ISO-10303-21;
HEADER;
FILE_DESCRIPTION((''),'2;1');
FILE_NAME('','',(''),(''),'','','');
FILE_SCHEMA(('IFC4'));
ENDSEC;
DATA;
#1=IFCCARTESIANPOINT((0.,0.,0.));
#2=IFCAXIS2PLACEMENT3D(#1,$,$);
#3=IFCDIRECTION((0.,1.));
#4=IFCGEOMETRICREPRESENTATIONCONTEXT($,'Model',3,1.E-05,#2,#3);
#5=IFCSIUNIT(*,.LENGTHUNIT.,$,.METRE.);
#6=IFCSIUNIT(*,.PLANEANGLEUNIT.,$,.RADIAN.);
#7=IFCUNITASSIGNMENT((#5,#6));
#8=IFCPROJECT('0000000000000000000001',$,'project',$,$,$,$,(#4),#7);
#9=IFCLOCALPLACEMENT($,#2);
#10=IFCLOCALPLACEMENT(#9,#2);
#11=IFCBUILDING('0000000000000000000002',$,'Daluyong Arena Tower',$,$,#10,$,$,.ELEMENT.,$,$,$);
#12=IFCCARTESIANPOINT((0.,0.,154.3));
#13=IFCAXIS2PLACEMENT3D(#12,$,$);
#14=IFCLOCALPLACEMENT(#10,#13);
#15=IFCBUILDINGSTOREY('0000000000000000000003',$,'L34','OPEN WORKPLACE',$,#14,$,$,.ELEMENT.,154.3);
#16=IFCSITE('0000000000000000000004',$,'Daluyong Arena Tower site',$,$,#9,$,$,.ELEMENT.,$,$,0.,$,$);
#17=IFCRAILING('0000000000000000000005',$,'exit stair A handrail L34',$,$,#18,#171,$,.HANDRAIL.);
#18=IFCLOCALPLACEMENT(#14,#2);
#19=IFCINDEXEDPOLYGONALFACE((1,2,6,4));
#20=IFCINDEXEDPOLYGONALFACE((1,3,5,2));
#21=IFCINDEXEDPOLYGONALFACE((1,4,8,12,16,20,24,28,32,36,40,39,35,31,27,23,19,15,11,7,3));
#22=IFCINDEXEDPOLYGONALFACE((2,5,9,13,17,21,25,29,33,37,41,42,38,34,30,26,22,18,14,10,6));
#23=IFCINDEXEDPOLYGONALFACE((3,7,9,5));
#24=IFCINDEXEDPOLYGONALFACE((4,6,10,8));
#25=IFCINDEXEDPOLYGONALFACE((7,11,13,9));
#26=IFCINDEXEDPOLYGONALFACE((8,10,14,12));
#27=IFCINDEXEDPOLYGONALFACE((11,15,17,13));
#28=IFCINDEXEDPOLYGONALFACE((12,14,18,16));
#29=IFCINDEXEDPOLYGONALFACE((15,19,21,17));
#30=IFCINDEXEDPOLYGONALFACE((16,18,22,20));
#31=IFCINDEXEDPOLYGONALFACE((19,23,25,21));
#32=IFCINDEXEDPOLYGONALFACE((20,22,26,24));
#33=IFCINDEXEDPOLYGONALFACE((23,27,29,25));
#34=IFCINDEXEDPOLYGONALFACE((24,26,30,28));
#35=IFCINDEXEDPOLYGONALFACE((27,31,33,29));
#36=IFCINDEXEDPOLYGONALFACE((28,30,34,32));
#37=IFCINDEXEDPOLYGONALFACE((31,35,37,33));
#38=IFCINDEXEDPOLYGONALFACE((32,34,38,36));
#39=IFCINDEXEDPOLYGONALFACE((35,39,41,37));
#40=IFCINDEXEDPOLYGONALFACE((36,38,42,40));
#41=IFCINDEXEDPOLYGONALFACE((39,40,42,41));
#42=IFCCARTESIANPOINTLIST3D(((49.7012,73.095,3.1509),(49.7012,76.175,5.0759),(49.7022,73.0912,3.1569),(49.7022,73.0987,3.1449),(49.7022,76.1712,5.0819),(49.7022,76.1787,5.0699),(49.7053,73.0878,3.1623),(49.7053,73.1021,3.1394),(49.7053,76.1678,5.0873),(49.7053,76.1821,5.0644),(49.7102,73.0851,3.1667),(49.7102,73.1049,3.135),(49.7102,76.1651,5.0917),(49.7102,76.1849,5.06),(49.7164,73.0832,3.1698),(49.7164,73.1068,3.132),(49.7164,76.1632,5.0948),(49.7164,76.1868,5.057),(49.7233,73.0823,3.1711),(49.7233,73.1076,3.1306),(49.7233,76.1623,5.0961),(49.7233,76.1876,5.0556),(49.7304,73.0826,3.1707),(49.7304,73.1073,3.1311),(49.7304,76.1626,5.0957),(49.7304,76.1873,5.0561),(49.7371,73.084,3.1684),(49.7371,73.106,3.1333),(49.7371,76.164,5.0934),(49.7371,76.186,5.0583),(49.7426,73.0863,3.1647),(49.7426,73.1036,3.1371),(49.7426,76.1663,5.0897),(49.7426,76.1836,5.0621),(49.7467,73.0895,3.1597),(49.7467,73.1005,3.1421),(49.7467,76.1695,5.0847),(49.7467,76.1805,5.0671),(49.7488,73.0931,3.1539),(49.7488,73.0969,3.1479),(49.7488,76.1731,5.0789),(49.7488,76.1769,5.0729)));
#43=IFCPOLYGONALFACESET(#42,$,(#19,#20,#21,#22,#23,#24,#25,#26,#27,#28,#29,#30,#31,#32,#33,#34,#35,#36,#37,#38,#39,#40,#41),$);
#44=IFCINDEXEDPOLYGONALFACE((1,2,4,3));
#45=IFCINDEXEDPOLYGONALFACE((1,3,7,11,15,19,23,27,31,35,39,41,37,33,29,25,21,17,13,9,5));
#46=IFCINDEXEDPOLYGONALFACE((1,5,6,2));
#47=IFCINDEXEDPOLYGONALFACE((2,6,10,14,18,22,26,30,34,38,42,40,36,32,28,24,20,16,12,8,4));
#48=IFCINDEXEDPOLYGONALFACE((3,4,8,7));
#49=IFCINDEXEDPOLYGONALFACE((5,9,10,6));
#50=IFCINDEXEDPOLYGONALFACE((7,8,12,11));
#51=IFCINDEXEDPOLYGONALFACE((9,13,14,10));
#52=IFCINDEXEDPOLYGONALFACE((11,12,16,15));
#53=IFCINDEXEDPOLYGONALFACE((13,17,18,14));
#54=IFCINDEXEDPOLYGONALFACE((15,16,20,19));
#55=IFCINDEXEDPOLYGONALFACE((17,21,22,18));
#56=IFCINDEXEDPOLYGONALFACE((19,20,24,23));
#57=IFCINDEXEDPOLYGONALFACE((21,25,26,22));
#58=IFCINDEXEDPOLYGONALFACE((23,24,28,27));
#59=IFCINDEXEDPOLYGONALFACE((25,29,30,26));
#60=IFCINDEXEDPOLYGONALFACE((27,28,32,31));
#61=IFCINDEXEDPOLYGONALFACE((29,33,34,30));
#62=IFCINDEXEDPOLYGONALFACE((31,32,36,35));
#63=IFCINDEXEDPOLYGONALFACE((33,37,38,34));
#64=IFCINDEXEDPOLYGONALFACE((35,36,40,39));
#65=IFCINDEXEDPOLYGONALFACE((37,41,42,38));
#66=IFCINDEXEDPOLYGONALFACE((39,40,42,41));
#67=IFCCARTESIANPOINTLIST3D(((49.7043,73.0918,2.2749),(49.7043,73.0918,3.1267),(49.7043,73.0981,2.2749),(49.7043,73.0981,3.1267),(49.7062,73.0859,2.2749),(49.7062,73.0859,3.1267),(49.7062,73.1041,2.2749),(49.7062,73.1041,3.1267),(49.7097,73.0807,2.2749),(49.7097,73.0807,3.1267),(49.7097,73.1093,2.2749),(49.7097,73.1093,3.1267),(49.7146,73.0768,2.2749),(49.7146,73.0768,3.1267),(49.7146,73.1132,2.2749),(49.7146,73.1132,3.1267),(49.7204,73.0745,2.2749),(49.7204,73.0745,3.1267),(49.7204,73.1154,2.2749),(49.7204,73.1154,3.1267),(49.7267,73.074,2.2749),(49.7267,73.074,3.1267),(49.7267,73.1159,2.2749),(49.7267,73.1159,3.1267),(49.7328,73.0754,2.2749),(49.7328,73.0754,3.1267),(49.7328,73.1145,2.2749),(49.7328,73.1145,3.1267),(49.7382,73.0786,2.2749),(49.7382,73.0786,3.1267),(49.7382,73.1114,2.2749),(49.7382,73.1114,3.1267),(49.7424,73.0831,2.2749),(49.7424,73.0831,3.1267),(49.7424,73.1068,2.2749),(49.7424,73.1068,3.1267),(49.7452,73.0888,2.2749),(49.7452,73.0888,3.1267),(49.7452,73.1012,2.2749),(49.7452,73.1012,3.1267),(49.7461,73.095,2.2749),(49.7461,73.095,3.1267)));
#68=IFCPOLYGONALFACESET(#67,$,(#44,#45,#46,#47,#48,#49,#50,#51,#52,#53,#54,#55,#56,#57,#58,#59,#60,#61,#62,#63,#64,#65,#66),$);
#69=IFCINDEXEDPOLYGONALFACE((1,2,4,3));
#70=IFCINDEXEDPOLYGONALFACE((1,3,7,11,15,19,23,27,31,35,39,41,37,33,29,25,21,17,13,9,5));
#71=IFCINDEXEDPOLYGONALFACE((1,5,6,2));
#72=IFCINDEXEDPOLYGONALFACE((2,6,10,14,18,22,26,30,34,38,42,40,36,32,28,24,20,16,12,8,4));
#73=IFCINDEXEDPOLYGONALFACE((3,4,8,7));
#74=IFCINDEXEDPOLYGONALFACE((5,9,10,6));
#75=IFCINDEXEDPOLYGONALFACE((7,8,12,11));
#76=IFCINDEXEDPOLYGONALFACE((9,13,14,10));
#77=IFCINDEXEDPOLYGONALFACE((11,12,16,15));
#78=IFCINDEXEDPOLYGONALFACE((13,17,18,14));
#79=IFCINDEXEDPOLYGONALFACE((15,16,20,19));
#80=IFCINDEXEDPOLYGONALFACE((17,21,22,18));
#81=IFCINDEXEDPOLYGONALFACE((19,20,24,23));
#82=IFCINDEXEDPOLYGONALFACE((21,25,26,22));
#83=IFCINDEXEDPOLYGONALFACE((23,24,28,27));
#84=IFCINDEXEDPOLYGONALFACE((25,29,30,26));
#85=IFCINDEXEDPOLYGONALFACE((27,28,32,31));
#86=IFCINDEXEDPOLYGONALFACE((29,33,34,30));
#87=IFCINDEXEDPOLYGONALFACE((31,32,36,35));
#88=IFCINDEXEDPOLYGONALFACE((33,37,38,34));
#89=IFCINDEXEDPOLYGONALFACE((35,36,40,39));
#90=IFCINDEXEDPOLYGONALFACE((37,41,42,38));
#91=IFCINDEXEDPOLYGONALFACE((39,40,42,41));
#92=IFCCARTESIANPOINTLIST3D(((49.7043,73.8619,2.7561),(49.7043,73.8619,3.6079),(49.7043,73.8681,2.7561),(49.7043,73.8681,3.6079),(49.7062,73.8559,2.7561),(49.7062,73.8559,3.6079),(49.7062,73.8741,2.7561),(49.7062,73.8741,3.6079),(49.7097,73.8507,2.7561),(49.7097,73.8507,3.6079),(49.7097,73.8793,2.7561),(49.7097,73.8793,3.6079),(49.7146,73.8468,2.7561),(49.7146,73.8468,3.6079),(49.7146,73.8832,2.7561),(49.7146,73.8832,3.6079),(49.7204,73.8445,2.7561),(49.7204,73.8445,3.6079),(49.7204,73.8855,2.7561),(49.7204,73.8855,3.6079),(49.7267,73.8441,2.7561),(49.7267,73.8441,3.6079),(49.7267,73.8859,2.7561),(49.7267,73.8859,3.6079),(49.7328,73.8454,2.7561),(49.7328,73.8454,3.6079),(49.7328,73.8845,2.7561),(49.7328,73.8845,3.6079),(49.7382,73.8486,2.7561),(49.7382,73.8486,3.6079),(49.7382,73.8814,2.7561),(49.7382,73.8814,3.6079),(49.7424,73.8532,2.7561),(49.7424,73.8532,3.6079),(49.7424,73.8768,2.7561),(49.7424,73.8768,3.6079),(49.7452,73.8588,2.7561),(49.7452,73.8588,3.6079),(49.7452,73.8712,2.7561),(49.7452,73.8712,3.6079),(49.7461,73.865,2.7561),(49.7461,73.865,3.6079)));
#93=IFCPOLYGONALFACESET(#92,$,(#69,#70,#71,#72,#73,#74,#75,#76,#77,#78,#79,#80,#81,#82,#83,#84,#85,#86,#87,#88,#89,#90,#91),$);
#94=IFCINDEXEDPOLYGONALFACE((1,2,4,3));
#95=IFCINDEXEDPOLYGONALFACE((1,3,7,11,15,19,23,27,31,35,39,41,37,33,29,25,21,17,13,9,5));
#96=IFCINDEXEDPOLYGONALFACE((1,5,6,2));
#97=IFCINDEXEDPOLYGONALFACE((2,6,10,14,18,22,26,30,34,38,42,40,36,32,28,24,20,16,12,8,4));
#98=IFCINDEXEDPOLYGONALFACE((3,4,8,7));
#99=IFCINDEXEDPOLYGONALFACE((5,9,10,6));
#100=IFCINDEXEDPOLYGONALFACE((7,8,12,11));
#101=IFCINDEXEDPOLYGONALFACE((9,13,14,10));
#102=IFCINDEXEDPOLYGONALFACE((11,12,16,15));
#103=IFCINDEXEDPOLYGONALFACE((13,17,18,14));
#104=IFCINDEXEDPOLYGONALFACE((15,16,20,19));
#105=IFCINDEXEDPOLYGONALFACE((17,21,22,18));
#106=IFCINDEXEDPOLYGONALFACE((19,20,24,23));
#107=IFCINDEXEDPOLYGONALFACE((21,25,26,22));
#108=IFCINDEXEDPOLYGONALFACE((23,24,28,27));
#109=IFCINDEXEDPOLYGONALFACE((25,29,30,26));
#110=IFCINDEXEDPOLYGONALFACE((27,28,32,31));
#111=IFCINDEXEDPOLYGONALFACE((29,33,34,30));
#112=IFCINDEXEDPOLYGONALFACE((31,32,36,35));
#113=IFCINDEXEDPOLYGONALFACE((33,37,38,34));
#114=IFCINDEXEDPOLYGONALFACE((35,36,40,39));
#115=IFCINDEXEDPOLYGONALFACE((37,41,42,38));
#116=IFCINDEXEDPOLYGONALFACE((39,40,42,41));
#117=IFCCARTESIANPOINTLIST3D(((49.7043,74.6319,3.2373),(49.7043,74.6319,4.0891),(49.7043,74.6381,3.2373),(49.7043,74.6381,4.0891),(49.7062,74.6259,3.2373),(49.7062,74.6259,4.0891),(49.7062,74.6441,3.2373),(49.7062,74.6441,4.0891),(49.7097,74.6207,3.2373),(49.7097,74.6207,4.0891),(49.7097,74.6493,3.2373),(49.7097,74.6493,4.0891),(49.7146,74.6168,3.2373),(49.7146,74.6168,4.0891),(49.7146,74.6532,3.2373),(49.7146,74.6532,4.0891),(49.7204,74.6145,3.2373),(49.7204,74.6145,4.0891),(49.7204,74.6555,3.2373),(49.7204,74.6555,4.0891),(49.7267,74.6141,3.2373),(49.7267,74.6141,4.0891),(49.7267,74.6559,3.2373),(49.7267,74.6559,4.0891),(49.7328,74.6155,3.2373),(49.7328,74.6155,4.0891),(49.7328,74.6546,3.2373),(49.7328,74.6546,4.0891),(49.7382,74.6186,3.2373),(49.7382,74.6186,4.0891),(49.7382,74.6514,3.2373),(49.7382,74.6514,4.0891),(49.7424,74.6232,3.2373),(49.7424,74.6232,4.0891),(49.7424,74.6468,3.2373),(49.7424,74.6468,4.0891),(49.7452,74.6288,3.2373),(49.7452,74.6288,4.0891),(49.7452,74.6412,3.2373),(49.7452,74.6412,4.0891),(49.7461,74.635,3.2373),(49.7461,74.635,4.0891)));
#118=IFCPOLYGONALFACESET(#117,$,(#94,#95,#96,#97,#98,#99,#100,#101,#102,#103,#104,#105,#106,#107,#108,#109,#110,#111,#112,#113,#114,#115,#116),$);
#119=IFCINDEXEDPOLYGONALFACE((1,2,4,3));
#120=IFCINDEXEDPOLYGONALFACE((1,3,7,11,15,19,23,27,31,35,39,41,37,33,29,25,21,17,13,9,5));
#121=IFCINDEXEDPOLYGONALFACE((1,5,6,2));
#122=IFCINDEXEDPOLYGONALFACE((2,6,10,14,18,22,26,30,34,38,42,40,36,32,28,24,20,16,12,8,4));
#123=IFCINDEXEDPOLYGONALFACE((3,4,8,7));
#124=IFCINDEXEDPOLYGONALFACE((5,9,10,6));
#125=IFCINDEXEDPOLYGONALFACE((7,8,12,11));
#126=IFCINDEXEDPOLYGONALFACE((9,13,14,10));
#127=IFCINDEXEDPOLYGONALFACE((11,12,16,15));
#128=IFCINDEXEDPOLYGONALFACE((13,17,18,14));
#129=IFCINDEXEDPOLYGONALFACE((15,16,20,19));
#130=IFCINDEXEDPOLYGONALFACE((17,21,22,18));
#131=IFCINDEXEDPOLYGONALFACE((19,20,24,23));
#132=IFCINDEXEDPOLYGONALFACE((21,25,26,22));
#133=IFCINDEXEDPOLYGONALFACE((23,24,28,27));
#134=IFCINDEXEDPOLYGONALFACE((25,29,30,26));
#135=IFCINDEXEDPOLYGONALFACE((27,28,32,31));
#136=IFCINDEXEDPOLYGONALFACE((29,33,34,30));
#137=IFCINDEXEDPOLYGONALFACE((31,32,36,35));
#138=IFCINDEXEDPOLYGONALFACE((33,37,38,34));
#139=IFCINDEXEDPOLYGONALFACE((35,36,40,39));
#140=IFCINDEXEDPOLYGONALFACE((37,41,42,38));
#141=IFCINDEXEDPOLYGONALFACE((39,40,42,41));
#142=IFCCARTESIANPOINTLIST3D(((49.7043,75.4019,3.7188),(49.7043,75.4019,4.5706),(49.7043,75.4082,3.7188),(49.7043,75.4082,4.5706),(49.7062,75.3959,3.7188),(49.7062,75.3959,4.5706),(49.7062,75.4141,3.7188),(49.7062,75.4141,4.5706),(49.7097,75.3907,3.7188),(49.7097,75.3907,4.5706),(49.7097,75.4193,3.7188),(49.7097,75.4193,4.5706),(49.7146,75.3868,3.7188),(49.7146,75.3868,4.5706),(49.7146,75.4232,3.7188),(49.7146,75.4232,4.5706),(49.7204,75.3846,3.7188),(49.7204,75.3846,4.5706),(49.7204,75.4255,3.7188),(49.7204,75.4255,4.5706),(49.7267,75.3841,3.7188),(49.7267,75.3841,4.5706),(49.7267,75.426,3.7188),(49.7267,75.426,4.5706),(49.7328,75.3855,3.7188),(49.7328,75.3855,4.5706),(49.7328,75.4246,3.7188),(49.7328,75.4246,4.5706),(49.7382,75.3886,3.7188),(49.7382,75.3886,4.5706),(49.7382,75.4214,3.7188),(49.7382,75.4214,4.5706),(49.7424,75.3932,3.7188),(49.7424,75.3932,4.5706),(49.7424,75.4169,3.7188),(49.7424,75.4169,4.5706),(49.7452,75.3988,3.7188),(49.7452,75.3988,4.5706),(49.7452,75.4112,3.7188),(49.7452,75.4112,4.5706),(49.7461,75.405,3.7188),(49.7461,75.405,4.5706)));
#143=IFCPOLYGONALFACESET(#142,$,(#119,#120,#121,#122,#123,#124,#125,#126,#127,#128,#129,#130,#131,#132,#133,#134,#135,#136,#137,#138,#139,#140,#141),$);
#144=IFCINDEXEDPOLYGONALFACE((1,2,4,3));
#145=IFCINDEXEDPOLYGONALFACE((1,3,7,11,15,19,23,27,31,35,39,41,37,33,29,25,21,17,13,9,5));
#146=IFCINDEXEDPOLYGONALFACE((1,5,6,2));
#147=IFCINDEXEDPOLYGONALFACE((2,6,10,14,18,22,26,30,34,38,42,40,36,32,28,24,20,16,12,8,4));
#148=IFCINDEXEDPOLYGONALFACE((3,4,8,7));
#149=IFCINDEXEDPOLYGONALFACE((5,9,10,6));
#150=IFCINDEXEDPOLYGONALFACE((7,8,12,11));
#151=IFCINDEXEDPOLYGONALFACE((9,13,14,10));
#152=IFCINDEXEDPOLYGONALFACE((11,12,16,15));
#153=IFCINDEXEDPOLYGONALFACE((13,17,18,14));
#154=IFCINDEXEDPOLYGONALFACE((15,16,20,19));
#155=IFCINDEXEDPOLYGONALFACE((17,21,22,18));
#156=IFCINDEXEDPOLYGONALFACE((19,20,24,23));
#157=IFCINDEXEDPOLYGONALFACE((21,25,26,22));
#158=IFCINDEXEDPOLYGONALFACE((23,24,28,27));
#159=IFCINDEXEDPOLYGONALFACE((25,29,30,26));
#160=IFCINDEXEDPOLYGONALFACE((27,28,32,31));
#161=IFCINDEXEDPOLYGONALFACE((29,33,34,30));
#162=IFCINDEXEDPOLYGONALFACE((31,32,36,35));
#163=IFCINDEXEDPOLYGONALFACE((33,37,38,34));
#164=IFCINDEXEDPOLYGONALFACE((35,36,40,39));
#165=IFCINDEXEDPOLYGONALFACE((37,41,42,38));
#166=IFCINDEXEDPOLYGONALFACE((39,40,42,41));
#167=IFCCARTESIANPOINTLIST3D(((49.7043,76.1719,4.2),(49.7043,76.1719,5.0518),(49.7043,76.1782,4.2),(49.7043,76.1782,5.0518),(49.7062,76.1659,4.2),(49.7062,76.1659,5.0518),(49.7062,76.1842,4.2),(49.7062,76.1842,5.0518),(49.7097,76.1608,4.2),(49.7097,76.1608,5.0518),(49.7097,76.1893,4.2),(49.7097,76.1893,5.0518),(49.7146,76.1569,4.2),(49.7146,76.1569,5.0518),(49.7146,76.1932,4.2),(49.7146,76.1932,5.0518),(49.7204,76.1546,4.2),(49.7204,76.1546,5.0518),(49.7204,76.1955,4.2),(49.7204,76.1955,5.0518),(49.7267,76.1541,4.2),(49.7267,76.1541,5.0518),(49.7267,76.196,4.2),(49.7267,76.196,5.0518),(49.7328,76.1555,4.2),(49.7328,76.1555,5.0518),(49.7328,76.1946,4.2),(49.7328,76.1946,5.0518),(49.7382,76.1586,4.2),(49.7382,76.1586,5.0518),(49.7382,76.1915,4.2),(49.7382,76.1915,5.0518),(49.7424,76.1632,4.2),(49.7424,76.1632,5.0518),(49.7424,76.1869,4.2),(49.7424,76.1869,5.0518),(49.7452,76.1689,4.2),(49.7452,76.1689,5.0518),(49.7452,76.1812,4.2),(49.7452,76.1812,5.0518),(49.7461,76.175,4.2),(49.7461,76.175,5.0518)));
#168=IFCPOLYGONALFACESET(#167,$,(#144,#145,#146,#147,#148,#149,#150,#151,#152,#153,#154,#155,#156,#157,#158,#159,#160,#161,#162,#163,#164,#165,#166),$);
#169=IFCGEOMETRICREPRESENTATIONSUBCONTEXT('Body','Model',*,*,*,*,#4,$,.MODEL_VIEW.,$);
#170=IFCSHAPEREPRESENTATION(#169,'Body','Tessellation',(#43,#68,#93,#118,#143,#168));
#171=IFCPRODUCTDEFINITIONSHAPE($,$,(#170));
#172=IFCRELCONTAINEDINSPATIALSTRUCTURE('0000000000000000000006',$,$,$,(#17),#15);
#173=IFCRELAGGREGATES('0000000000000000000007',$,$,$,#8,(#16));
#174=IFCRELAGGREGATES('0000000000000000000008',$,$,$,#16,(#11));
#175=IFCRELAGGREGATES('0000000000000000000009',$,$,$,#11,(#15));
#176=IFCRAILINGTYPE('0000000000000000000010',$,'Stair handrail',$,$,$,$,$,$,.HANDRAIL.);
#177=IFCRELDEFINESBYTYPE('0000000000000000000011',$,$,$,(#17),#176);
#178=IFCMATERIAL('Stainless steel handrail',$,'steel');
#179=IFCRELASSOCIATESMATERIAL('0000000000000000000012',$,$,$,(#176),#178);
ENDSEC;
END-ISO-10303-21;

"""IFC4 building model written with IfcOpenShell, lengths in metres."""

from ifc_helpers import new_model, si_unit, direction, frame, origin, origin_2d, place, context, subcontext, project, spatial, circle, extrude, material, type_object, element, save


model = new_model("IFC4")

# Units and contexts
model_context = context("Model", 3, precision=1e-05, world=origin(), true_north=direction((0.0, 1.0)))
body_context = subcontext(model_context, "Body", "Model", "MODEL_VIEW")
ifc_project = project(units=[si_unit("LENGTHUNIT", "METRE"), si_unit("PLANEANGLEUNIT", "RADIAN")], contexts=[model_context])

# Site, building, storey
site_placement = place(None, origin())
site = spatial("IfcSite", under=ifc_project, at=site_placement, Name="Daluyong Arena Tower site", CompositionType="ELEMENT", RefElevation=0.0)
building_placement = place(site_placement, origin())
building = spatial("IfcBuilding", under=site, at=building_placement, Name="Daluyong Arena Tower", CompositionType="ELEMENT")
storey_placement = place(building_placement, frame((0.0, 0.0, 154.3)))
storey = spatial("IfcBuildingStorey", under=building, at=storey_placement, Name="L34", Description="OPEN WORKPLACE", CompositionType="ELEMENT", Elevation=154.3)

# Railing
ifc_material_1 = material(Name="Stainless steel handrail", Category="steel")
railing_type_1 = type_object("IfcRailingType", Name="Stair handrail", PredefinedType="HANDRAIL", material=ifc_material_1)
railing_1_placement = place(storey_placement, frame((49.7251, 73.095, 2.2749)))
element("IfcRailing", 1, at=railing_1_placement, inside=storey, type_object=railing_type_1, Name="exit stair A handrail L34", PredefinedType="HANDRAIL", context=body_context, shape_type="SweptSolid", body=[
    extrude(circle(Radius=0.0239, at=origin_2d()), frame((0.0, 0.0, 0.876), z_axis=(0.0, 0.847998, 0.529999), x_axis=(-1.0, 0.0, 0.0)), (0.0, 0.0, 1.0), 3.6321),
    extrude(circle(Radius=0.021, at=origin_2d()), origin(), (0.0, 0.0, 1.0), 0.8518),
    extrude(circle(Radius=0.021, at=origin_2d()), frame((0.0, 0.77, 0.4812)), (0.0, 0.0, 1.0), 0.8518),
    extrude(circle(Radius=0.021, at=origin_2d()), frame((0.0, 1.54, 0.9624)), (0.0, 0.0, 1.0), 0.8518),
    extrude(circle(Radius=0.021, at=origin_2d()), frame((0.0, 2.3101, 1.4438)), (0.0, 0.0, 1.0), 0.8518),
    extrude(circle(Radius=0.021, at=origin_2d()), frame((0.0, 3.0801, 1.925)), (0.0, 0.0, 1.0), 0.8518),
])

save(model, "model.ifc")
